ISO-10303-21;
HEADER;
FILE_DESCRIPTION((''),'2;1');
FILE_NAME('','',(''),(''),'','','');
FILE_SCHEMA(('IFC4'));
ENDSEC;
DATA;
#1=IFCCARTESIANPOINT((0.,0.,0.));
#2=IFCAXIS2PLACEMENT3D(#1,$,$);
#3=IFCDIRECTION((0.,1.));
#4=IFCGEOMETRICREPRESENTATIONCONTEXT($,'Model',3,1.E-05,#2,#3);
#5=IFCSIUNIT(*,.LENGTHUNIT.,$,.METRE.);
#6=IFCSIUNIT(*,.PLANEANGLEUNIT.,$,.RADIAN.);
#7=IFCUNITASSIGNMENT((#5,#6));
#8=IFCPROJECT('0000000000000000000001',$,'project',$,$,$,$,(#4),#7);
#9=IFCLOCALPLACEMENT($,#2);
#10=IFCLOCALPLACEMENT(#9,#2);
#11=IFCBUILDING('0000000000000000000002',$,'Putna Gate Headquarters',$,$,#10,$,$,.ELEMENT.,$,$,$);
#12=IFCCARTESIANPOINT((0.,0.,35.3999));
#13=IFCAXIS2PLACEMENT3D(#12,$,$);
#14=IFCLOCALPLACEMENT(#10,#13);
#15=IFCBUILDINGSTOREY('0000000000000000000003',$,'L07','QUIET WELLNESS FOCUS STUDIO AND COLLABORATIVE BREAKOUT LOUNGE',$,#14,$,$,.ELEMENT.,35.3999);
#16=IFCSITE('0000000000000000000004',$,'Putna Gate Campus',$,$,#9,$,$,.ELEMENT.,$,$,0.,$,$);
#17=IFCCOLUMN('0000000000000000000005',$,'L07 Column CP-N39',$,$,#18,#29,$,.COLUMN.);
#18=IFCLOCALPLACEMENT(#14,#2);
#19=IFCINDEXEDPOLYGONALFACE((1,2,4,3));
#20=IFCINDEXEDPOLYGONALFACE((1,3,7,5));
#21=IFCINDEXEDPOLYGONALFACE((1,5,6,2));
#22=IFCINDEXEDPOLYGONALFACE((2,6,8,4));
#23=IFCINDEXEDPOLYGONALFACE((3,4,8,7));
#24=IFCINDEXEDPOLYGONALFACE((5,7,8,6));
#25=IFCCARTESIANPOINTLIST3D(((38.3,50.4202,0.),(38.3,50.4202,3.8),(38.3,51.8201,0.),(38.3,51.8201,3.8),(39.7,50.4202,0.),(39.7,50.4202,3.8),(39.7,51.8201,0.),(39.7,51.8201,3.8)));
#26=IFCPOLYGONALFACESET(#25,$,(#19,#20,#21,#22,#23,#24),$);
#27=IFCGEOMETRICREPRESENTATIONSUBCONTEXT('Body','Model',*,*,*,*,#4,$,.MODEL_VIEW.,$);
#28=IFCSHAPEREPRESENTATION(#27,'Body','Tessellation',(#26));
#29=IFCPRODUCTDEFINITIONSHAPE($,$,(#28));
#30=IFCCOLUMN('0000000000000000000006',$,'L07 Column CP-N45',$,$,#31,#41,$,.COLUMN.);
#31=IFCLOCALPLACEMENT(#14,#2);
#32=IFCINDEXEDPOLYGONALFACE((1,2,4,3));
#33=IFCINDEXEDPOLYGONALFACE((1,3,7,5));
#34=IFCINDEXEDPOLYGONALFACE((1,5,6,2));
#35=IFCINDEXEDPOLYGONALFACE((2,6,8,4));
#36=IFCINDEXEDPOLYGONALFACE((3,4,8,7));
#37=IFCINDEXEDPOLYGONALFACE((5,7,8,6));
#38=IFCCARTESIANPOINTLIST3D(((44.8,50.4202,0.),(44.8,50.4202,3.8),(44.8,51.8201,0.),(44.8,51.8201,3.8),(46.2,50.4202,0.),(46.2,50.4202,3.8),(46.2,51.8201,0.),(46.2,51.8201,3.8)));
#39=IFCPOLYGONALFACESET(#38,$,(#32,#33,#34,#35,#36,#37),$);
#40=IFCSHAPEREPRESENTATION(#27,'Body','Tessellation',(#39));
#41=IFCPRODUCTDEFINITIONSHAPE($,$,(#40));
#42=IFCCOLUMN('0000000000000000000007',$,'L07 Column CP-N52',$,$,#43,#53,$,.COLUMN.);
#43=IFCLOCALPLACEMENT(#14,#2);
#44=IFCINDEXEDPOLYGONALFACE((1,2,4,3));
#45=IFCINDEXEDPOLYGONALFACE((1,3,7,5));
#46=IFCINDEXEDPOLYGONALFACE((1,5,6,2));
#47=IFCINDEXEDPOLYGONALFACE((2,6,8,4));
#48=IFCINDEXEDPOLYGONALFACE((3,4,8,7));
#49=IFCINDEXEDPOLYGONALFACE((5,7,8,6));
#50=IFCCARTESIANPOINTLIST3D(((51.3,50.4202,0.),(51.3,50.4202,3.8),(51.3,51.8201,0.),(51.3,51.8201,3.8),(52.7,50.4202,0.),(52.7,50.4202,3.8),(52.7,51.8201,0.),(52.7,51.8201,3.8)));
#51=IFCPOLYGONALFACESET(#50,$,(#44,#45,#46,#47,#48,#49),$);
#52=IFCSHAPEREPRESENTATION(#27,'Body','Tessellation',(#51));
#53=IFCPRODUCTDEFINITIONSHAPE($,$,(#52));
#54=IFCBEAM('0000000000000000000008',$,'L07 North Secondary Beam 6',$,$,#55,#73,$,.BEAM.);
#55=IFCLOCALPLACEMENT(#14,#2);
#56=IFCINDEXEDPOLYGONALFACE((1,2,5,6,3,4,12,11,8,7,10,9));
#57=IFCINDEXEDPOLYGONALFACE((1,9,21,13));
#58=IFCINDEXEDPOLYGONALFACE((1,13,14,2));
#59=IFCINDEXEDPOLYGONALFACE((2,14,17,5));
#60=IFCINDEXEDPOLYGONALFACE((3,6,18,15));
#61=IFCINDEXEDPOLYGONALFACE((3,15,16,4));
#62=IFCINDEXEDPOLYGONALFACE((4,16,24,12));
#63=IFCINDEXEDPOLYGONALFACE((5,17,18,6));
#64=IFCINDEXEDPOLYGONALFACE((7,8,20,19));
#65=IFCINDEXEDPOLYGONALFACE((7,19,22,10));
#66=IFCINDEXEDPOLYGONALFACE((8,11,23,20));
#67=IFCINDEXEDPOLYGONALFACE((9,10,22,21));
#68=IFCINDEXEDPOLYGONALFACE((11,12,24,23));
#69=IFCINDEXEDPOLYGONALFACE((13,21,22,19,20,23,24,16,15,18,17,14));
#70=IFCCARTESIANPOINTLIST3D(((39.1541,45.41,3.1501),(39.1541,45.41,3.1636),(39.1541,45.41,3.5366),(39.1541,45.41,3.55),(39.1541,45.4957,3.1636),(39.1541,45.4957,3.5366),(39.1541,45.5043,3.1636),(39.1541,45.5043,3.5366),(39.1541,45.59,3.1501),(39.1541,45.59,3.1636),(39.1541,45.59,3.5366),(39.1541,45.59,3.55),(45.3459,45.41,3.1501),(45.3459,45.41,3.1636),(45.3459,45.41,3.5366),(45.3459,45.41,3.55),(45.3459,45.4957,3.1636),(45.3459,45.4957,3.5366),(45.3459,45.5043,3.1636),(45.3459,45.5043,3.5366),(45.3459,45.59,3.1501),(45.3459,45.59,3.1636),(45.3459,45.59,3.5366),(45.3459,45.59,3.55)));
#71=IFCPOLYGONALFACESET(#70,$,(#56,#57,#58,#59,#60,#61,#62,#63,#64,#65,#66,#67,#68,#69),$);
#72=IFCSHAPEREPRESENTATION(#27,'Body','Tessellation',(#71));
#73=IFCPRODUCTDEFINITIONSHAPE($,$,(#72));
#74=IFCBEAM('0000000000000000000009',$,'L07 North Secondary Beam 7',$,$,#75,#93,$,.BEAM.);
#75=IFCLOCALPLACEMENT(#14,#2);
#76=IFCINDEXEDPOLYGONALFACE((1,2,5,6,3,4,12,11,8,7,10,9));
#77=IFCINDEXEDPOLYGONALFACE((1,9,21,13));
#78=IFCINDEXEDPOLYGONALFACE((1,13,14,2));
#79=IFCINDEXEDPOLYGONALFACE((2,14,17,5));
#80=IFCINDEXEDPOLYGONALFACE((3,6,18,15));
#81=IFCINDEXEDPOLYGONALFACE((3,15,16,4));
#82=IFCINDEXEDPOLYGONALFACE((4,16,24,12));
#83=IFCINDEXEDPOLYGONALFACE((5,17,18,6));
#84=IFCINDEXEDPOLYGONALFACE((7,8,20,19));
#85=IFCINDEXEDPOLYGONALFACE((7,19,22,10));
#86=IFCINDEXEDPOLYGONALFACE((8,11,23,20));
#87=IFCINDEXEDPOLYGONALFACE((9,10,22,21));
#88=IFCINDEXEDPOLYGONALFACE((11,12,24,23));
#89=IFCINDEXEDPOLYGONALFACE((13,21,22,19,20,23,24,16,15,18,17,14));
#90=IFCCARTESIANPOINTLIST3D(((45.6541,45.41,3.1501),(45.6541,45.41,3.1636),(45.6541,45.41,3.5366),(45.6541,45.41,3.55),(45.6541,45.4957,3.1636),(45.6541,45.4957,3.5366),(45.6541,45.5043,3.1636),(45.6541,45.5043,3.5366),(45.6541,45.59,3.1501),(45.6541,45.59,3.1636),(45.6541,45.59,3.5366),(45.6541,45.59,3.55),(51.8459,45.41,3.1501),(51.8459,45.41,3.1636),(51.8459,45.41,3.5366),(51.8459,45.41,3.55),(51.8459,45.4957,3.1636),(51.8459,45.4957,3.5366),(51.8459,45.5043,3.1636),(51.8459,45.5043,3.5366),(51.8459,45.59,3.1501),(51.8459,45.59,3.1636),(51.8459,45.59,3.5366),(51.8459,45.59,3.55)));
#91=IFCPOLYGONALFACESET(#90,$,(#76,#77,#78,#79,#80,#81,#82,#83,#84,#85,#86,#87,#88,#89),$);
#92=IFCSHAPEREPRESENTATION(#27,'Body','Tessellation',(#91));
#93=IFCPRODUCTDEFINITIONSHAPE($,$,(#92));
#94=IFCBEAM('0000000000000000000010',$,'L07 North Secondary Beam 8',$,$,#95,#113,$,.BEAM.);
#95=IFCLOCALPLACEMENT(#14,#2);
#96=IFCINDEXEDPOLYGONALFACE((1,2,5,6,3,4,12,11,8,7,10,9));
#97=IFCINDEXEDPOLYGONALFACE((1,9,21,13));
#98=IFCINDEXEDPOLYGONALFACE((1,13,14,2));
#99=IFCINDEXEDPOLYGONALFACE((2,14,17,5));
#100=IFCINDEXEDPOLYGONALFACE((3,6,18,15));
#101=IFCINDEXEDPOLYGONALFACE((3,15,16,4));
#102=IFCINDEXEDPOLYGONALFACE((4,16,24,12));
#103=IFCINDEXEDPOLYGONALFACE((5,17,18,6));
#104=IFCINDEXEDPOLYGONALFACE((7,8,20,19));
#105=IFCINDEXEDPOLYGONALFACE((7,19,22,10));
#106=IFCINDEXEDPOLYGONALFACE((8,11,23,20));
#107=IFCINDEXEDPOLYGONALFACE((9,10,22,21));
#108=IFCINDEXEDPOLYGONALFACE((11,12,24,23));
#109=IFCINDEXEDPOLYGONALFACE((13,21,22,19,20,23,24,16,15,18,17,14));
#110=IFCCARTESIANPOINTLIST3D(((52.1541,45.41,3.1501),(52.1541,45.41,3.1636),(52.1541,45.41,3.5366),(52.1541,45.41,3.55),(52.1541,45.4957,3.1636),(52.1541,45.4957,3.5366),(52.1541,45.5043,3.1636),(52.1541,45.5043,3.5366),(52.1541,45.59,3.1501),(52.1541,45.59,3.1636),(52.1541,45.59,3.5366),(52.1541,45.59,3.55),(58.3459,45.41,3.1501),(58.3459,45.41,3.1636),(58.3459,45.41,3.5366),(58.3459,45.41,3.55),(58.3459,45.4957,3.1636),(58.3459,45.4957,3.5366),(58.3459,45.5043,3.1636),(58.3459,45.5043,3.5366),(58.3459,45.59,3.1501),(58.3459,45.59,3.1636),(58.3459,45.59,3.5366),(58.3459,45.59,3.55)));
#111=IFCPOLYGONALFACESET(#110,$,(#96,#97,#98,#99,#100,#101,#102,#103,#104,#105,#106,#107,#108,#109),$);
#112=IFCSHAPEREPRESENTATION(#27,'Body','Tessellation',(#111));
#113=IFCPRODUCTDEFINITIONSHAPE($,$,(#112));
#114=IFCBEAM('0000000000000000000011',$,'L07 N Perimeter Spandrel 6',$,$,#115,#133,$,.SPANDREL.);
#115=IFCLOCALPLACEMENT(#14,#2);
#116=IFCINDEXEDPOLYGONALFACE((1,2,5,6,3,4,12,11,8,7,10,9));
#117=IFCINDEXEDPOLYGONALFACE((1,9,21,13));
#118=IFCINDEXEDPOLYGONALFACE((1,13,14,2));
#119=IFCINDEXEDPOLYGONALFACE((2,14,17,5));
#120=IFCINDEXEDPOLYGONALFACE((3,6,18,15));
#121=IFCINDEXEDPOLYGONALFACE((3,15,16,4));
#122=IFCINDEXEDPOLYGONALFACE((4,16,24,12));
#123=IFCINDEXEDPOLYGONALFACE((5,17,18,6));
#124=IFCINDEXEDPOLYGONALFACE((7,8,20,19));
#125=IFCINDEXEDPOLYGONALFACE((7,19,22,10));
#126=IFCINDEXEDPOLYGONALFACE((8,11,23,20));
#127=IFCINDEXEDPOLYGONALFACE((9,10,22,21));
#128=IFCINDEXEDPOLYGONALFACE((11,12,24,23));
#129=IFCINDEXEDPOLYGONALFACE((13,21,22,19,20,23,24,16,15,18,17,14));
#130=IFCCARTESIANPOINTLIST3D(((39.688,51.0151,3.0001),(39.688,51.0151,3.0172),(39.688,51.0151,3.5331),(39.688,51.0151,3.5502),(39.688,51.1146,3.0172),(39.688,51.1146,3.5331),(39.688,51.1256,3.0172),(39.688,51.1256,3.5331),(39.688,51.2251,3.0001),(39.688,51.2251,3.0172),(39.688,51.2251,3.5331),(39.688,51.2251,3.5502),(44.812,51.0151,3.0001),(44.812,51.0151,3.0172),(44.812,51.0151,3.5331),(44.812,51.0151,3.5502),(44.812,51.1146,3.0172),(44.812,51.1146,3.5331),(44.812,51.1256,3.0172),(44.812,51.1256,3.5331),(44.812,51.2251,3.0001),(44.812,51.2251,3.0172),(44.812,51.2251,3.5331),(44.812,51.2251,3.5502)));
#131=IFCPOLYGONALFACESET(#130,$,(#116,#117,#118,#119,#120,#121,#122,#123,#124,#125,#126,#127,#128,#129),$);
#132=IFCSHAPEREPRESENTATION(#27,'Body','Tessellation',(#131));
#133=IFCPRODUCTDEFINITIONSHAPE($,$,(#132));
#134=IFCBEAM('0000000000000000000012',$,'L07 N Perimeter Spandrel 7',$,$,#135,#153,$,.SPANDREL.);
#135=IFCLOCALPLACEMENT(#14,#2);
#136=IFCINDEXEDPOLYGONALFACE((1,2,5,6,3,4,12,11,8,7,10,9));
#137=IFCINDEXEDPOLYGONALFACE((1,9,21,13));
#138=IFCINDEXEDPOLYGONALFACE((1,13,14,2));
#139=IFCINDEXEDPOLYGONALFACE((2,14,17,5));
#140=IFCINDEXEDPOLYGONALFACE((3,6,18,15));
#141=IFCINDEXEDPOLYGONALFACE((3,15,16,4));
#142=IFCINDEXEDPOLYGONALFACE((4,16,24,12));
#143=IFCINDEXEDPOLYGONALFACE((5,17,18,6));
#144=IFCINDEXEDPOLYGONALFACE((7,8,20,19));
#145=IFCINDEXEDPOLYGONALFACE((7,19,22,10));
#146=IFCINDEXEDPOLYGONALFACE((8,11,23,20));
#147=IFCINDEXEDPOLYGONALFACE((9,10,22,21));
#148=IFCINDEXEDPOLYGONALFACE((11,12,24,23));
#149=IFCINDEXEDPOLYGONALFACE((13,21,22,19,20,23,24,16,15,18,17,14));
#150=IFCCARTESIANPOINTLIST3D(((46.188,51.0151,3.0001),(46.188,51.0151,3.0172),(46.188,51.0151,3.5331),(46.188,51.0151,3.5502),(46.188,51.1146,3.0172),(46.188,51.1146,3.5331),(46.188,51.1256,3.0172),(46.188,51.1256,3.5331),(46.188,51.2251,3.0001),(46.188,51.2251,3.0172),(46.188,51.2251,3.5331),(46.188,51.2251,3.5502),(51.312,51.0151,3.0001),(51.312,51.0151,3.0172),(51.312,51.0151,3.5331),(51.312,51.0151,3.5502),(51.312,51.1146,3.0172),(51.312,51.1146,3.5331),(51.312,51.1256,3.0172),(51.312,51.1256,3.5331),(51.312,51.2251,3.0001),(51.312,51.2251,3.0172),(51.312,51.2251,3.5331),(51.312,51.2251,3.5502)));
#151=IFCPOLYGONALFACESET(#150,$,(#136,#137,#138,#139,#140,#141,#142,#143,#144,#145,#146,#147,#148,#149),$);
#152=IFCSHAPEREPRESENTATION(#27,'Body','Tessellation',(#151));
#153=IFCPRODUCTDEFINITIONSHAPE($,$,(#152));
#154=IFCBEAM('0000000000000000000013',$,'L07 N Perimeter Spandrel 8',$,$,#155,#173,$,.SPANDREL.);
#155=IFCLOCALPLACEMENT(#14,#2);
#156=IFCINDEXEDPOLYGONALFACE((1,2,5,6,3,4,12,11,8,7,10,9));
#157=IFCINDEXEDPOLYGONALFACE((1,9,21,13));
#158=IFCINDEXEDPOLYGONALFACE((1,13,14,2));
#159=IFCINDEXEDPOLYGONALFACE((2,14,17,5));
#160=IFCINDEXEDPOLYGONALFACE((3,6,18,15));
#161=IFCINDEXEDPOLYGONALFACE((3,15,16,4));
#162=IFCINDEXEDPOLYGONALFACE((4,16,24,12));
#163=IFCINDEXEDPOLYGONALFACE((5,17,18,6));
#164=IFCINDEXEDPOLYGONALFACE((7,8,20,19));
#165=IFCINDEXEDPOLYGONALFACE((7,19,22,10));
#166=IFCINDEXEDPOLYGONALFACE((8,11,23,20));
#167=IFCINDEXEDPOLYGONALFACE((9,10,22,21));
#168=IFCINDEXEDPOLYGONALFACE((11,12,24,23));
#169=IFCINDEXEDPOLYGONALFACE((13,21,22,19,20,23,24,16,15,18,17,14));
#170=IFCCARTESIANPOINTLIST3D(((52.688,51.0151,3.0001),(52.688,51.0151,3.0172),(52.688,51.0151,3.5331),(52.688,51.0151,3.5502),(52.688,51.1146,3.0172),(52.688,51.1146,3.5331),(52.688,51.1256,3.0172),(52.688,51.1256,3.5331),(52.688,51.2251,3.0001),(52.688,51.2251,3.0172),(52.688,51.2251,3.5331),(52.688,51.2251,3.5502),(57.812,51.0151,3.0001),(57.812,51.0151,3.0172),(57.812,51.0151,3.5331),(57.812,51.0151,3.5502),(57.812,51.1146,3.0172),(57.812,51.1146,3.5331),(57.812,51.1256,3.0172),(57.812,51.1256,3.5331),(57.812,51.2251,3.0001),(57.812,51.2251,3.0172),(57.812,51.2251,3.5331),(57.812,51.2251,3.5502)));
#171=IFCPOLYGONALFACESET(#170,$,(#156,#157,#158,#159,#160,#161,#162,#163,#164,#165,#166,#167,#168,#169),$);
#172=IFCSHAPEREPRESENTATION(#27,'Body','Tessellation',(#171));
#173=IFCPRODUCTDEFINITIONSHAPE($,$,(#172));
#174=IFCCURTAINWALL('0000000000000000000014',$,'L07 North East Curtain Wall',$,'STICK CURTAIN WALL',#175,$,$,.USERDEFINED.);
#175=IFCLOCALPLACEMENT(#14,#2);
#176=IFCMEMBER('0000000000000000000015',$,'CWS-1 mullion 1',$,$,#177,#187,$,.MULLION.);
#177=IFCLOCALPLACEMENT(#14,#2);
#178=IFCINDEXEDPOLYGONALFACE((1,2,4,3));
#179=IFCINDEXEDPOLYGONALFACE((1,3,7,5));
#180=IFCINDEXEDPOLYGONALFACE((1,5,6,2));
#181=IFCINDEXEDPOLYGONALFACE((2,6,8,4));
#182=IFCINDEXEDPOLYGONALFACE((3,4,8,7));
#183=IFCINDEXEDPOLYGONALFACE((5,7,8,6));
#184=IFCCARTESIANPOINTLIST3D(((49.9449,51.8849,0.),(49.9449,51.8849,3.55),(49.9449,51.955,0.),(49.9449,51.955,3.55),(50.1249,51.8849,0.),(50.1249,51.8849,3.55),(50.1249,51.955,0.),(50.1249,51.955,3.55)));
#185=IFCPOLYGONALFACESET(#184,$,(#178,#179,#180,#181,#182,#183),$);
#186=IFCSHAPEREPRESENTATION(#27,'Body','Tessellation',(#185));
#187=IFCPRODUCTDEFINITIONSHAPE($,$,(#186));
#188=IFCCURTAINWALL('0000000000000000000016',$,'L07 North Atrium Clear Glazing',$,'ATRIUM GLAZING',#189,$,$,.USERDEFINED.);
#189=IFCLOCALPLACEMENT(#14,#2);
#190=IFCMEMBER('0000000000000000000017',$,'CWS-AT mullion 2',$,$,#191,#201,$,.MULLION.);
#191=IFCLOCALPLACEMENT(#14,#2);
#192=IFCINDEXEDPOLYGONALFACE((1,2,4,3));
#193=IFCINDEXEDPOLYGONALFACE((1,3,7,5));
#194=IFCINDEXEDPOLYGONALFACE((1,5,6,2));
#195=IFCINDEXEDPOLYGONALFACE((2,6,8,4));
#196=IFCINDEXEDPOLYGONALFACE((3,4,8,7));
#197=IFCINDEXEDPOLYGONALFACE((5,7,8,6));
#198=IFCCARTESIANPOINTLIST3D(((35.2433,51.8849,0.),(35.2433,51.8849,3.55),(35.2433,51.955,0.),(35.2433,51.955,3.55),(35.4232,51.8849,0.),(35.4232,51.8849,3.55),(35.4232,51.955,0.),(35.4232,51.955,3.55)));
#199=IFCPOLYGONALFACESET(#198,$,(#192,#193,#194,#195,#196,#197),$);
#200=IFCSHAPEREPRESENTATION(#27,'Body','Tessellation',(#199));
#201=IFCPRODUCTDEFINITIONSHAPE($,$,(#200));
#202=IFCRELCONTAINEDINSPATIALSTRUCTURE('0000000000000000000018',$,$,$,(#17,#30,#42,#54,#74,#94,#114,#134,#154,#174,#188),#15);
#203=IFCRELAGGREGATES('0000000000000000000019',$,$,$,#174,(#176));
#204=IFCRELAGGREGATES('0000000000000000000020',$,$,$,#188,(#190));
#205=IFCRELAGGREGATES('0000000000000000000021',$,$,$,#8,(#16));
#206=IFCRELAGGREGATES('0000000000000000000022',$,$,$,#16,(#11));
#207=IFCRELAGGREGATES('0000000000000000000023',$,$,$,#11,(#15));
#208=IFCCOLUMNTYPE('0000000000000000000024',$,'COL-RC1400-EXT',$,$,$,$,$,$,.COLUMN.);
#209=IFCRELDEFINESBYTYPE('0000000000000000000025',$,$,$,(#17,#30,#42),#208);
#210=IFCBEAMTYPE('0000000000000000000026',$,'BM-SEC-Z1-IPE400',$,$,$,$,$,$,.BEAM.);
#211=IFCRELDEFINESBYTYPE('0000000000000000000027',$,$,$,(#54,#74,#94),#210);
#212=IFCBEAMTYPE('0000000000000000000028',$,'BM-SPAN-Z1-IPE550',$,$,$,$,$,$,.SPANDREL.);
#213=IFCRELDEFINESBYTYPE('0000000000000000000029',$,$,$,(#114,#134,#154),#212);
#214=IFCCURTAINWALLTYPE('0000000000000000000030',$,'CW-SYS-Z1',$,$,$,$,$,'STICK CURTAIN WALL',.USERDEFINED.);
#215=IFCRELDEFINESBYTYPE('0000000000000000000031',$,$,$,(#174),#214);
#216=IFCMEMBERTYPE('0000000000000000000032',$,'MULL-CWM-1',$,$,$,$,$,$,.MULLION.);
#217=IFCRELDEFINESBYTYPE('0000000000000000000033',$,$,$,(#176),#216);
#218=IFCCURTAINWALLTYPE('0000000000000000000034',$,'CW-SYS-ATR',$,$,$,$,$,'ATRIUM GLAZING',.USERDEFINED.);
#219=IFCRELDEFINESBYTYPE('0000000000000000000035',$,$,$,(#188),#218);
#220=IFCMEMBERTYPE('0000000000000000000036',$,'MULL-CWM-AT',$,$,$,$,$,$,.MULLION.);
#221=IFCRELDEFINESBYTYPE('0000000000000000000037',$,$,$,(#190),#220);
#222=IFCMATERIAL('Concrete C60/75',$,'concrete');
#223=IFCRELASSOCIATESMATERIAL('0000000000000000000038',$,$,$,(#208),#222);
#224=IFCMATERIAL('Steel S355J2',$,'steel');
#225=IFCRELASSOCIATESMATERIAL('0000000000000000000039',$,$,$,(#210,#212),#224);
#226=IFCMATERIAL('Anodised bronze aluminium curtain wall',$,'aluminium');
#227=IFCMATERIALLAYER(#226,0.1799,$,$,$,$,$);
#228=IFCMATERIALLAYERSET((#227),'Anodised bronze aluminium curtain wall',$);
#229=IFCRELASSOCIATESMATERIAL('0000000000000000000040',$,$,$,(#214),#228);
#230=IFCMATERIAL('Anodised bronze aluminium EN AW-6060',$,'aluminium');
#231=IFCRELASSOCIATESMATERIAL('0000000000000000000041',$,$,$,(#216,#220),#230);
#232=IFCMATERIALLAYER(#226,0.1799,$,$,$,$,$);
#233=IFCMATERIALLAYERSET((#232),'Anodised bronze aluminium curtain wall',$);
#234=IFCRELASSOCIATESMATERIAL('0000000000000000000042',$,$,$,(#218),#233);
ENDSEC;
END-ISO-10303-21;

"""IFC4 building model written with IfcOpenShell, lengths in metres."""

from ifc_helpers import new_model, si_unit, direction, frame, origin, origin_2d, place, context, subcontext, project, spatial, rectangle, i_section, extrude, material, layer, layer_set, material_profile, profile_set, type_object, element, aggregate, save


model = new_model("IFC4")

# Units and contexts
model_context = context("Model", 3, precision=1e-05, world=origin(), true_north=direction((0.0, 1.0)))
body_context = subcontext(model_context, "Body", "Model", "MODEL_VIEW")
ifc_project = project(units=[si_unit("LENGTHUNIT", "METRE"), si_unit("PLANEANGLEUNIT", "RADIAN")], contexts=[model_context])

# Site, building, storey
site_placement = place(None, origin())
site = spatial("IfcSite", under=ifc_project, at=site_placement, Name="Putna Gate Campus", CompositionType="ELEMENT", RefElevation=0.0)
building_placement = place(site_placement, origin())
building = spatial("IfcBuilding", under=site, at=building_placement, Name="Putna Gate Headquarters", CompositionType="ELEMENT")
storey_placement = place(building_placement, frame((0.0, 0.0, 35.3999)))
storey = spatial("IfcBuildingStorey", under=building, at=storey_placement, Name="L07", Description="QUIET WELLNESS FOCUS STUDIO AND COLLABORATIVE BREAKOUT LOUNGE", CompositionType="ELEMENT", Elevation=35.3999)

# Columns
ifc_material_1 = material(Name="Concrete C60/75", Category="concrete")
ifc_material_profile_1 = material_profile(ifc_material_1, rectangle(XDim=1.3999, YDim=1.3999, at=origin_2d()), Name="Concrete C60/75")
ifc_profile_set_1 = profile_set([ifc_material_profile_1], Name="Concrete C60/75")
column_type = type_object("IfcColumnType", Name="COL-RC1400-EXT", PredefinedType="COLUMN", material=ifc_profile_set_1)
for number, where, z_axis, x_axis, name in (
    (1, (39.0, 51.1201, 0.0), (0.0, 0.0, 1.0), (1.0, 0.0, 0.0), "L07 Column CP-N39"),
    (2, (45.5, 51.1201, 0.0), (0.0, 0.0, 1.0), (1.0, 0.0, 0.0), "L07 Column CP-N45"),
    (3, (52.0, 51.1201, 0.0), (0.0, 0.0, 1.0), (1.0, 0.0, 0.0), "L07 Column CP-N52"),
):
    element("IfcColumn", number, at=place(storey_placement, frame(where, z_axis=z_axis, x_axis=x_axis)), inside=storey, type_object=column_type, Name=name, PredefinedType="COLUMN", context=body_context, shape_type="SweptSolid", body=[
        extrude(rectangle(XDim=1.3999, YDim=1.3999, at=origin_2d()), origin(), (0.0, 0.0, 1.0), 3.8),
    ])

# Beams
ifc_material_2 = material(Name="Steel S355J2", Category="steel")
ifc_material_profile_2 = material_profile(ifc_material_2, i_section(OverallWidth=0.1799, OverallDepth=0.3999, WebThickness=0.0085, FlangeThickness=0.0134, at=origin_2d()), Name="Steel S355J2")
ifc_profile_set_2 = profile_set([ifc_material_profile_2], Name="Steel S355J2")
beam_type_1 = type_object("IfcBeamType", Name="BM-SEC-Z1-IPE400", PredefinedType="BEAM", material=ifc_profile_set_2)
for number, where, z_axis, x_axis, name in (
    (4, (39.1541, 45.5, 3.3501), (1.0, 0.0, 0.0), (0.0, 1.0, 0.0), "L07 North Secondary Beam 6"),
    (5, (45.6541, 45.5, 3.3501), (1.0, 0.0, 0.0), (0.0, 1.0, 0.0), "L07 North Secondary Beam 7"),
    (6, (52.1541, 45.5, 3.3501), (1.0, 0.0, 0.0), (0.0, 1.0, 0.0), "L07 North Secondary Beam 8"),
):
    element("IfcBeam", number, at=place(storey_placement, frame(where, z_axis=z_axis, x_axis=x_axis)), inside=storey, type_object=beam_type_1, Name=name, PredefinedType="BEAM", context=body_context, shape_type="SweptSolid", body=[
        extrude(i_section(OverallWidth=0.1799, OverallDepth=0.3999, WebThickness=0.0085, FlangeThickness=0.0134, at=origin_2d()), origin(), (0.0, 0.0, 1.0), 6.1919),
    ])
ifc_material_profile_3 = material_profile(ifc_material_2, i_section(OverallWidth=0.21, OverallDepth=0.55, WebThickness=0.011, FlangeThickness=0.0171, at=origin_2d()), Name="Steel S355J2")
ifc_profile_set_3 = profile_set([ifc_material_profile_3], Name="Steel S355J2")
beam_type_2 = type_object("IfcBeamType", Name="BM-SPAN-Z1-IPE550", PredefinedType="SPANDREL", material=ifc_profile_set_3)
for number, where, z_axis, x_axis, name in (
    (7, (39.688, 51.1201, 3.2751), (1.0, 0.0, 0.0), (0.0, 1.0, 0.0), "L07 N Perimeter Spandrel 6"),
    (8, (46.188, 51.1201, 3.2751), (1.0, 0.0, 0.0), (0.0, 1.0, 0.0), "L07 N Perimeter Spandrel 7"),
    (9, (52.688, 51.1201, 3.2751), (1.0, 0.0, 0.0), (0.0, 1.0, 0.0), "L07 N Perimeter Spandrel 8"),
):
    element("IfcBeam", number, at=place(storey_placement, frame(where, z_axis=z_axis, x_axis=x_axis)), inside=storey, type_object=beam_type_2, Name=name, PredefinedType="SPANDREL", context=body_context, shape_type="SweptSolid", body=[
        extrude(i_section(OverallWidth=0.21, OverallDepth=0.55, WebThickness=0.011, FlangeThickness=0.0171, at=origin_2d()), origin(), (0.0, 0.0, 1.0), 5.124),
    ])

# Curtain wall, member
ifc_material_3 = material(Name="Anodised bronze aluminium curtain wall", Category="aluminium")
ifc_layer_1 = layer(ifc_material_3, 0.1799)
ifc_layer_set_1 = layer_set([ifc_layer_1], Name="Anodised bronze aluminium curtain wall")
curtain_wall_type_1 = type_object("IfcCurtainWallType", Name="CW-SYS-Z1", ElementType="STICK CURTAIN WALL", PredefinedType="USERDEFINED", material=ifc_layer_set_1)
curtain_wall_1_placement = place(storey_placement, origin())
curtain_wall_1 = element("IfcCurtainWall", 10, at=curtain_wall_1_placement, inside=storey, type_object=curtain_wall_type_1, Name="L07 North East Curtain Wall", ObjectType="STICK CURTAIN WALL", PredefinedType="USERDEFINED")
ifc_material_4 = material(Name="Anodised bronze aluminium EN AW-6060", Category="aluminium")
ifc_material_profile_4 = material_profile(ifc_material_4, rectangle(XDim=0.0701, YDim=0.1799, at=origin_2d()), Name="Anodised bronze aluminium EN AW-6060")
ifc_profile_set_4 = profile_set([ifc_material_profile_4], Name="Anodised bronze aluminium EN AW-6060")
member_type_1 = type_object("IfcMemberType", Name="MULL-CWM-1", PredefinedType="MULLION", material=ifc_profile_set_4)
member_1_placement = place(storey_placement, frame((50.0349, 51.9199, 0.0), z_axis=(0.0, 0.0, 1.0), x_axis=(0.0, 1.0, 0.0)))
member_1 = element("IfcMember", 11, at=member_1_placement, type_object=member_type_1, Name="CWS-1 mullion 1", PredefinedType="MULLION", context=body_context, shape_type="SweptSolid", body=[
    extrude(rectangle(XDim=0.0701, YDim=0.1799, at=origin_2d()), origin(), (0.0, 0.0, 1.0), 3.55),
])

# Curtain wall, member
ifc_layer_2 = layer(ifc_material_3, 0.1799)
ifc_layer_set_2 = layer_set([ifc_layer_2], Name="Anodised bronze aluminium curtain wall")
curtain_wall_type_2 = type_object("IfcCurtainWallType", Name="CW-SYS-ATR", ElementType="ATRIUM GLAZING", PredefinedType="USERDEFINED", material=ifc_layer_set_2)
curtain_wall_2_placement = place(storey_placement, origin())
curtain_wall_2 = element("IfcCurtainWall", 12, at=curtain_wall_2_placement, inside=storey, type_object=curtain_wall_type_2, Name="L07 North Atrium Clear Glazing", ObjectType="ATRIUM GLAZING", PredefinedType="USERDEFINED")
ifc_material_profile_5 = material_profile(ifc_material_4, rectangle(XDim=0.0701, YDim=0.1799, at=origin_2d()), Name="Anodised bronze aluminium EN AW-6060")
ifc_profile_set_5 = profile_set([ifc_material_profile_5], Name="Anodised bronze aluminium EN AW-6060")
member_type_2 = type_object("IfcMemberType", Name="MULL-CWM-AT", PredefinedType="MULLION", material=ifc_profile_set_5)
member_2_placement = place(storey_placement, frame((35.3333, 51.9199, 0.0), z_axis=(0.0, 0.0, 1.0), x_axis=(0.0, 1.0, 0.0)))
member_2 = element("IfcMember", 13, at=member_2_placement, type_object=member_type_2, Name="CWS-AT mullion 2", PredefinedType="MULLION", context=body_context, shape_type="SweptSolid", body=[
    extrude(rectangle(XDim=0.0701, YDim=0.1799, at=origin_2d()), origin(), (0.0, 0.0, 1.0), 3.55),
])

aggregate(curtain_wall_1, [member_1])
aggregate(curtain_wall_2, [member_2])

save(model, "model.ifc")
